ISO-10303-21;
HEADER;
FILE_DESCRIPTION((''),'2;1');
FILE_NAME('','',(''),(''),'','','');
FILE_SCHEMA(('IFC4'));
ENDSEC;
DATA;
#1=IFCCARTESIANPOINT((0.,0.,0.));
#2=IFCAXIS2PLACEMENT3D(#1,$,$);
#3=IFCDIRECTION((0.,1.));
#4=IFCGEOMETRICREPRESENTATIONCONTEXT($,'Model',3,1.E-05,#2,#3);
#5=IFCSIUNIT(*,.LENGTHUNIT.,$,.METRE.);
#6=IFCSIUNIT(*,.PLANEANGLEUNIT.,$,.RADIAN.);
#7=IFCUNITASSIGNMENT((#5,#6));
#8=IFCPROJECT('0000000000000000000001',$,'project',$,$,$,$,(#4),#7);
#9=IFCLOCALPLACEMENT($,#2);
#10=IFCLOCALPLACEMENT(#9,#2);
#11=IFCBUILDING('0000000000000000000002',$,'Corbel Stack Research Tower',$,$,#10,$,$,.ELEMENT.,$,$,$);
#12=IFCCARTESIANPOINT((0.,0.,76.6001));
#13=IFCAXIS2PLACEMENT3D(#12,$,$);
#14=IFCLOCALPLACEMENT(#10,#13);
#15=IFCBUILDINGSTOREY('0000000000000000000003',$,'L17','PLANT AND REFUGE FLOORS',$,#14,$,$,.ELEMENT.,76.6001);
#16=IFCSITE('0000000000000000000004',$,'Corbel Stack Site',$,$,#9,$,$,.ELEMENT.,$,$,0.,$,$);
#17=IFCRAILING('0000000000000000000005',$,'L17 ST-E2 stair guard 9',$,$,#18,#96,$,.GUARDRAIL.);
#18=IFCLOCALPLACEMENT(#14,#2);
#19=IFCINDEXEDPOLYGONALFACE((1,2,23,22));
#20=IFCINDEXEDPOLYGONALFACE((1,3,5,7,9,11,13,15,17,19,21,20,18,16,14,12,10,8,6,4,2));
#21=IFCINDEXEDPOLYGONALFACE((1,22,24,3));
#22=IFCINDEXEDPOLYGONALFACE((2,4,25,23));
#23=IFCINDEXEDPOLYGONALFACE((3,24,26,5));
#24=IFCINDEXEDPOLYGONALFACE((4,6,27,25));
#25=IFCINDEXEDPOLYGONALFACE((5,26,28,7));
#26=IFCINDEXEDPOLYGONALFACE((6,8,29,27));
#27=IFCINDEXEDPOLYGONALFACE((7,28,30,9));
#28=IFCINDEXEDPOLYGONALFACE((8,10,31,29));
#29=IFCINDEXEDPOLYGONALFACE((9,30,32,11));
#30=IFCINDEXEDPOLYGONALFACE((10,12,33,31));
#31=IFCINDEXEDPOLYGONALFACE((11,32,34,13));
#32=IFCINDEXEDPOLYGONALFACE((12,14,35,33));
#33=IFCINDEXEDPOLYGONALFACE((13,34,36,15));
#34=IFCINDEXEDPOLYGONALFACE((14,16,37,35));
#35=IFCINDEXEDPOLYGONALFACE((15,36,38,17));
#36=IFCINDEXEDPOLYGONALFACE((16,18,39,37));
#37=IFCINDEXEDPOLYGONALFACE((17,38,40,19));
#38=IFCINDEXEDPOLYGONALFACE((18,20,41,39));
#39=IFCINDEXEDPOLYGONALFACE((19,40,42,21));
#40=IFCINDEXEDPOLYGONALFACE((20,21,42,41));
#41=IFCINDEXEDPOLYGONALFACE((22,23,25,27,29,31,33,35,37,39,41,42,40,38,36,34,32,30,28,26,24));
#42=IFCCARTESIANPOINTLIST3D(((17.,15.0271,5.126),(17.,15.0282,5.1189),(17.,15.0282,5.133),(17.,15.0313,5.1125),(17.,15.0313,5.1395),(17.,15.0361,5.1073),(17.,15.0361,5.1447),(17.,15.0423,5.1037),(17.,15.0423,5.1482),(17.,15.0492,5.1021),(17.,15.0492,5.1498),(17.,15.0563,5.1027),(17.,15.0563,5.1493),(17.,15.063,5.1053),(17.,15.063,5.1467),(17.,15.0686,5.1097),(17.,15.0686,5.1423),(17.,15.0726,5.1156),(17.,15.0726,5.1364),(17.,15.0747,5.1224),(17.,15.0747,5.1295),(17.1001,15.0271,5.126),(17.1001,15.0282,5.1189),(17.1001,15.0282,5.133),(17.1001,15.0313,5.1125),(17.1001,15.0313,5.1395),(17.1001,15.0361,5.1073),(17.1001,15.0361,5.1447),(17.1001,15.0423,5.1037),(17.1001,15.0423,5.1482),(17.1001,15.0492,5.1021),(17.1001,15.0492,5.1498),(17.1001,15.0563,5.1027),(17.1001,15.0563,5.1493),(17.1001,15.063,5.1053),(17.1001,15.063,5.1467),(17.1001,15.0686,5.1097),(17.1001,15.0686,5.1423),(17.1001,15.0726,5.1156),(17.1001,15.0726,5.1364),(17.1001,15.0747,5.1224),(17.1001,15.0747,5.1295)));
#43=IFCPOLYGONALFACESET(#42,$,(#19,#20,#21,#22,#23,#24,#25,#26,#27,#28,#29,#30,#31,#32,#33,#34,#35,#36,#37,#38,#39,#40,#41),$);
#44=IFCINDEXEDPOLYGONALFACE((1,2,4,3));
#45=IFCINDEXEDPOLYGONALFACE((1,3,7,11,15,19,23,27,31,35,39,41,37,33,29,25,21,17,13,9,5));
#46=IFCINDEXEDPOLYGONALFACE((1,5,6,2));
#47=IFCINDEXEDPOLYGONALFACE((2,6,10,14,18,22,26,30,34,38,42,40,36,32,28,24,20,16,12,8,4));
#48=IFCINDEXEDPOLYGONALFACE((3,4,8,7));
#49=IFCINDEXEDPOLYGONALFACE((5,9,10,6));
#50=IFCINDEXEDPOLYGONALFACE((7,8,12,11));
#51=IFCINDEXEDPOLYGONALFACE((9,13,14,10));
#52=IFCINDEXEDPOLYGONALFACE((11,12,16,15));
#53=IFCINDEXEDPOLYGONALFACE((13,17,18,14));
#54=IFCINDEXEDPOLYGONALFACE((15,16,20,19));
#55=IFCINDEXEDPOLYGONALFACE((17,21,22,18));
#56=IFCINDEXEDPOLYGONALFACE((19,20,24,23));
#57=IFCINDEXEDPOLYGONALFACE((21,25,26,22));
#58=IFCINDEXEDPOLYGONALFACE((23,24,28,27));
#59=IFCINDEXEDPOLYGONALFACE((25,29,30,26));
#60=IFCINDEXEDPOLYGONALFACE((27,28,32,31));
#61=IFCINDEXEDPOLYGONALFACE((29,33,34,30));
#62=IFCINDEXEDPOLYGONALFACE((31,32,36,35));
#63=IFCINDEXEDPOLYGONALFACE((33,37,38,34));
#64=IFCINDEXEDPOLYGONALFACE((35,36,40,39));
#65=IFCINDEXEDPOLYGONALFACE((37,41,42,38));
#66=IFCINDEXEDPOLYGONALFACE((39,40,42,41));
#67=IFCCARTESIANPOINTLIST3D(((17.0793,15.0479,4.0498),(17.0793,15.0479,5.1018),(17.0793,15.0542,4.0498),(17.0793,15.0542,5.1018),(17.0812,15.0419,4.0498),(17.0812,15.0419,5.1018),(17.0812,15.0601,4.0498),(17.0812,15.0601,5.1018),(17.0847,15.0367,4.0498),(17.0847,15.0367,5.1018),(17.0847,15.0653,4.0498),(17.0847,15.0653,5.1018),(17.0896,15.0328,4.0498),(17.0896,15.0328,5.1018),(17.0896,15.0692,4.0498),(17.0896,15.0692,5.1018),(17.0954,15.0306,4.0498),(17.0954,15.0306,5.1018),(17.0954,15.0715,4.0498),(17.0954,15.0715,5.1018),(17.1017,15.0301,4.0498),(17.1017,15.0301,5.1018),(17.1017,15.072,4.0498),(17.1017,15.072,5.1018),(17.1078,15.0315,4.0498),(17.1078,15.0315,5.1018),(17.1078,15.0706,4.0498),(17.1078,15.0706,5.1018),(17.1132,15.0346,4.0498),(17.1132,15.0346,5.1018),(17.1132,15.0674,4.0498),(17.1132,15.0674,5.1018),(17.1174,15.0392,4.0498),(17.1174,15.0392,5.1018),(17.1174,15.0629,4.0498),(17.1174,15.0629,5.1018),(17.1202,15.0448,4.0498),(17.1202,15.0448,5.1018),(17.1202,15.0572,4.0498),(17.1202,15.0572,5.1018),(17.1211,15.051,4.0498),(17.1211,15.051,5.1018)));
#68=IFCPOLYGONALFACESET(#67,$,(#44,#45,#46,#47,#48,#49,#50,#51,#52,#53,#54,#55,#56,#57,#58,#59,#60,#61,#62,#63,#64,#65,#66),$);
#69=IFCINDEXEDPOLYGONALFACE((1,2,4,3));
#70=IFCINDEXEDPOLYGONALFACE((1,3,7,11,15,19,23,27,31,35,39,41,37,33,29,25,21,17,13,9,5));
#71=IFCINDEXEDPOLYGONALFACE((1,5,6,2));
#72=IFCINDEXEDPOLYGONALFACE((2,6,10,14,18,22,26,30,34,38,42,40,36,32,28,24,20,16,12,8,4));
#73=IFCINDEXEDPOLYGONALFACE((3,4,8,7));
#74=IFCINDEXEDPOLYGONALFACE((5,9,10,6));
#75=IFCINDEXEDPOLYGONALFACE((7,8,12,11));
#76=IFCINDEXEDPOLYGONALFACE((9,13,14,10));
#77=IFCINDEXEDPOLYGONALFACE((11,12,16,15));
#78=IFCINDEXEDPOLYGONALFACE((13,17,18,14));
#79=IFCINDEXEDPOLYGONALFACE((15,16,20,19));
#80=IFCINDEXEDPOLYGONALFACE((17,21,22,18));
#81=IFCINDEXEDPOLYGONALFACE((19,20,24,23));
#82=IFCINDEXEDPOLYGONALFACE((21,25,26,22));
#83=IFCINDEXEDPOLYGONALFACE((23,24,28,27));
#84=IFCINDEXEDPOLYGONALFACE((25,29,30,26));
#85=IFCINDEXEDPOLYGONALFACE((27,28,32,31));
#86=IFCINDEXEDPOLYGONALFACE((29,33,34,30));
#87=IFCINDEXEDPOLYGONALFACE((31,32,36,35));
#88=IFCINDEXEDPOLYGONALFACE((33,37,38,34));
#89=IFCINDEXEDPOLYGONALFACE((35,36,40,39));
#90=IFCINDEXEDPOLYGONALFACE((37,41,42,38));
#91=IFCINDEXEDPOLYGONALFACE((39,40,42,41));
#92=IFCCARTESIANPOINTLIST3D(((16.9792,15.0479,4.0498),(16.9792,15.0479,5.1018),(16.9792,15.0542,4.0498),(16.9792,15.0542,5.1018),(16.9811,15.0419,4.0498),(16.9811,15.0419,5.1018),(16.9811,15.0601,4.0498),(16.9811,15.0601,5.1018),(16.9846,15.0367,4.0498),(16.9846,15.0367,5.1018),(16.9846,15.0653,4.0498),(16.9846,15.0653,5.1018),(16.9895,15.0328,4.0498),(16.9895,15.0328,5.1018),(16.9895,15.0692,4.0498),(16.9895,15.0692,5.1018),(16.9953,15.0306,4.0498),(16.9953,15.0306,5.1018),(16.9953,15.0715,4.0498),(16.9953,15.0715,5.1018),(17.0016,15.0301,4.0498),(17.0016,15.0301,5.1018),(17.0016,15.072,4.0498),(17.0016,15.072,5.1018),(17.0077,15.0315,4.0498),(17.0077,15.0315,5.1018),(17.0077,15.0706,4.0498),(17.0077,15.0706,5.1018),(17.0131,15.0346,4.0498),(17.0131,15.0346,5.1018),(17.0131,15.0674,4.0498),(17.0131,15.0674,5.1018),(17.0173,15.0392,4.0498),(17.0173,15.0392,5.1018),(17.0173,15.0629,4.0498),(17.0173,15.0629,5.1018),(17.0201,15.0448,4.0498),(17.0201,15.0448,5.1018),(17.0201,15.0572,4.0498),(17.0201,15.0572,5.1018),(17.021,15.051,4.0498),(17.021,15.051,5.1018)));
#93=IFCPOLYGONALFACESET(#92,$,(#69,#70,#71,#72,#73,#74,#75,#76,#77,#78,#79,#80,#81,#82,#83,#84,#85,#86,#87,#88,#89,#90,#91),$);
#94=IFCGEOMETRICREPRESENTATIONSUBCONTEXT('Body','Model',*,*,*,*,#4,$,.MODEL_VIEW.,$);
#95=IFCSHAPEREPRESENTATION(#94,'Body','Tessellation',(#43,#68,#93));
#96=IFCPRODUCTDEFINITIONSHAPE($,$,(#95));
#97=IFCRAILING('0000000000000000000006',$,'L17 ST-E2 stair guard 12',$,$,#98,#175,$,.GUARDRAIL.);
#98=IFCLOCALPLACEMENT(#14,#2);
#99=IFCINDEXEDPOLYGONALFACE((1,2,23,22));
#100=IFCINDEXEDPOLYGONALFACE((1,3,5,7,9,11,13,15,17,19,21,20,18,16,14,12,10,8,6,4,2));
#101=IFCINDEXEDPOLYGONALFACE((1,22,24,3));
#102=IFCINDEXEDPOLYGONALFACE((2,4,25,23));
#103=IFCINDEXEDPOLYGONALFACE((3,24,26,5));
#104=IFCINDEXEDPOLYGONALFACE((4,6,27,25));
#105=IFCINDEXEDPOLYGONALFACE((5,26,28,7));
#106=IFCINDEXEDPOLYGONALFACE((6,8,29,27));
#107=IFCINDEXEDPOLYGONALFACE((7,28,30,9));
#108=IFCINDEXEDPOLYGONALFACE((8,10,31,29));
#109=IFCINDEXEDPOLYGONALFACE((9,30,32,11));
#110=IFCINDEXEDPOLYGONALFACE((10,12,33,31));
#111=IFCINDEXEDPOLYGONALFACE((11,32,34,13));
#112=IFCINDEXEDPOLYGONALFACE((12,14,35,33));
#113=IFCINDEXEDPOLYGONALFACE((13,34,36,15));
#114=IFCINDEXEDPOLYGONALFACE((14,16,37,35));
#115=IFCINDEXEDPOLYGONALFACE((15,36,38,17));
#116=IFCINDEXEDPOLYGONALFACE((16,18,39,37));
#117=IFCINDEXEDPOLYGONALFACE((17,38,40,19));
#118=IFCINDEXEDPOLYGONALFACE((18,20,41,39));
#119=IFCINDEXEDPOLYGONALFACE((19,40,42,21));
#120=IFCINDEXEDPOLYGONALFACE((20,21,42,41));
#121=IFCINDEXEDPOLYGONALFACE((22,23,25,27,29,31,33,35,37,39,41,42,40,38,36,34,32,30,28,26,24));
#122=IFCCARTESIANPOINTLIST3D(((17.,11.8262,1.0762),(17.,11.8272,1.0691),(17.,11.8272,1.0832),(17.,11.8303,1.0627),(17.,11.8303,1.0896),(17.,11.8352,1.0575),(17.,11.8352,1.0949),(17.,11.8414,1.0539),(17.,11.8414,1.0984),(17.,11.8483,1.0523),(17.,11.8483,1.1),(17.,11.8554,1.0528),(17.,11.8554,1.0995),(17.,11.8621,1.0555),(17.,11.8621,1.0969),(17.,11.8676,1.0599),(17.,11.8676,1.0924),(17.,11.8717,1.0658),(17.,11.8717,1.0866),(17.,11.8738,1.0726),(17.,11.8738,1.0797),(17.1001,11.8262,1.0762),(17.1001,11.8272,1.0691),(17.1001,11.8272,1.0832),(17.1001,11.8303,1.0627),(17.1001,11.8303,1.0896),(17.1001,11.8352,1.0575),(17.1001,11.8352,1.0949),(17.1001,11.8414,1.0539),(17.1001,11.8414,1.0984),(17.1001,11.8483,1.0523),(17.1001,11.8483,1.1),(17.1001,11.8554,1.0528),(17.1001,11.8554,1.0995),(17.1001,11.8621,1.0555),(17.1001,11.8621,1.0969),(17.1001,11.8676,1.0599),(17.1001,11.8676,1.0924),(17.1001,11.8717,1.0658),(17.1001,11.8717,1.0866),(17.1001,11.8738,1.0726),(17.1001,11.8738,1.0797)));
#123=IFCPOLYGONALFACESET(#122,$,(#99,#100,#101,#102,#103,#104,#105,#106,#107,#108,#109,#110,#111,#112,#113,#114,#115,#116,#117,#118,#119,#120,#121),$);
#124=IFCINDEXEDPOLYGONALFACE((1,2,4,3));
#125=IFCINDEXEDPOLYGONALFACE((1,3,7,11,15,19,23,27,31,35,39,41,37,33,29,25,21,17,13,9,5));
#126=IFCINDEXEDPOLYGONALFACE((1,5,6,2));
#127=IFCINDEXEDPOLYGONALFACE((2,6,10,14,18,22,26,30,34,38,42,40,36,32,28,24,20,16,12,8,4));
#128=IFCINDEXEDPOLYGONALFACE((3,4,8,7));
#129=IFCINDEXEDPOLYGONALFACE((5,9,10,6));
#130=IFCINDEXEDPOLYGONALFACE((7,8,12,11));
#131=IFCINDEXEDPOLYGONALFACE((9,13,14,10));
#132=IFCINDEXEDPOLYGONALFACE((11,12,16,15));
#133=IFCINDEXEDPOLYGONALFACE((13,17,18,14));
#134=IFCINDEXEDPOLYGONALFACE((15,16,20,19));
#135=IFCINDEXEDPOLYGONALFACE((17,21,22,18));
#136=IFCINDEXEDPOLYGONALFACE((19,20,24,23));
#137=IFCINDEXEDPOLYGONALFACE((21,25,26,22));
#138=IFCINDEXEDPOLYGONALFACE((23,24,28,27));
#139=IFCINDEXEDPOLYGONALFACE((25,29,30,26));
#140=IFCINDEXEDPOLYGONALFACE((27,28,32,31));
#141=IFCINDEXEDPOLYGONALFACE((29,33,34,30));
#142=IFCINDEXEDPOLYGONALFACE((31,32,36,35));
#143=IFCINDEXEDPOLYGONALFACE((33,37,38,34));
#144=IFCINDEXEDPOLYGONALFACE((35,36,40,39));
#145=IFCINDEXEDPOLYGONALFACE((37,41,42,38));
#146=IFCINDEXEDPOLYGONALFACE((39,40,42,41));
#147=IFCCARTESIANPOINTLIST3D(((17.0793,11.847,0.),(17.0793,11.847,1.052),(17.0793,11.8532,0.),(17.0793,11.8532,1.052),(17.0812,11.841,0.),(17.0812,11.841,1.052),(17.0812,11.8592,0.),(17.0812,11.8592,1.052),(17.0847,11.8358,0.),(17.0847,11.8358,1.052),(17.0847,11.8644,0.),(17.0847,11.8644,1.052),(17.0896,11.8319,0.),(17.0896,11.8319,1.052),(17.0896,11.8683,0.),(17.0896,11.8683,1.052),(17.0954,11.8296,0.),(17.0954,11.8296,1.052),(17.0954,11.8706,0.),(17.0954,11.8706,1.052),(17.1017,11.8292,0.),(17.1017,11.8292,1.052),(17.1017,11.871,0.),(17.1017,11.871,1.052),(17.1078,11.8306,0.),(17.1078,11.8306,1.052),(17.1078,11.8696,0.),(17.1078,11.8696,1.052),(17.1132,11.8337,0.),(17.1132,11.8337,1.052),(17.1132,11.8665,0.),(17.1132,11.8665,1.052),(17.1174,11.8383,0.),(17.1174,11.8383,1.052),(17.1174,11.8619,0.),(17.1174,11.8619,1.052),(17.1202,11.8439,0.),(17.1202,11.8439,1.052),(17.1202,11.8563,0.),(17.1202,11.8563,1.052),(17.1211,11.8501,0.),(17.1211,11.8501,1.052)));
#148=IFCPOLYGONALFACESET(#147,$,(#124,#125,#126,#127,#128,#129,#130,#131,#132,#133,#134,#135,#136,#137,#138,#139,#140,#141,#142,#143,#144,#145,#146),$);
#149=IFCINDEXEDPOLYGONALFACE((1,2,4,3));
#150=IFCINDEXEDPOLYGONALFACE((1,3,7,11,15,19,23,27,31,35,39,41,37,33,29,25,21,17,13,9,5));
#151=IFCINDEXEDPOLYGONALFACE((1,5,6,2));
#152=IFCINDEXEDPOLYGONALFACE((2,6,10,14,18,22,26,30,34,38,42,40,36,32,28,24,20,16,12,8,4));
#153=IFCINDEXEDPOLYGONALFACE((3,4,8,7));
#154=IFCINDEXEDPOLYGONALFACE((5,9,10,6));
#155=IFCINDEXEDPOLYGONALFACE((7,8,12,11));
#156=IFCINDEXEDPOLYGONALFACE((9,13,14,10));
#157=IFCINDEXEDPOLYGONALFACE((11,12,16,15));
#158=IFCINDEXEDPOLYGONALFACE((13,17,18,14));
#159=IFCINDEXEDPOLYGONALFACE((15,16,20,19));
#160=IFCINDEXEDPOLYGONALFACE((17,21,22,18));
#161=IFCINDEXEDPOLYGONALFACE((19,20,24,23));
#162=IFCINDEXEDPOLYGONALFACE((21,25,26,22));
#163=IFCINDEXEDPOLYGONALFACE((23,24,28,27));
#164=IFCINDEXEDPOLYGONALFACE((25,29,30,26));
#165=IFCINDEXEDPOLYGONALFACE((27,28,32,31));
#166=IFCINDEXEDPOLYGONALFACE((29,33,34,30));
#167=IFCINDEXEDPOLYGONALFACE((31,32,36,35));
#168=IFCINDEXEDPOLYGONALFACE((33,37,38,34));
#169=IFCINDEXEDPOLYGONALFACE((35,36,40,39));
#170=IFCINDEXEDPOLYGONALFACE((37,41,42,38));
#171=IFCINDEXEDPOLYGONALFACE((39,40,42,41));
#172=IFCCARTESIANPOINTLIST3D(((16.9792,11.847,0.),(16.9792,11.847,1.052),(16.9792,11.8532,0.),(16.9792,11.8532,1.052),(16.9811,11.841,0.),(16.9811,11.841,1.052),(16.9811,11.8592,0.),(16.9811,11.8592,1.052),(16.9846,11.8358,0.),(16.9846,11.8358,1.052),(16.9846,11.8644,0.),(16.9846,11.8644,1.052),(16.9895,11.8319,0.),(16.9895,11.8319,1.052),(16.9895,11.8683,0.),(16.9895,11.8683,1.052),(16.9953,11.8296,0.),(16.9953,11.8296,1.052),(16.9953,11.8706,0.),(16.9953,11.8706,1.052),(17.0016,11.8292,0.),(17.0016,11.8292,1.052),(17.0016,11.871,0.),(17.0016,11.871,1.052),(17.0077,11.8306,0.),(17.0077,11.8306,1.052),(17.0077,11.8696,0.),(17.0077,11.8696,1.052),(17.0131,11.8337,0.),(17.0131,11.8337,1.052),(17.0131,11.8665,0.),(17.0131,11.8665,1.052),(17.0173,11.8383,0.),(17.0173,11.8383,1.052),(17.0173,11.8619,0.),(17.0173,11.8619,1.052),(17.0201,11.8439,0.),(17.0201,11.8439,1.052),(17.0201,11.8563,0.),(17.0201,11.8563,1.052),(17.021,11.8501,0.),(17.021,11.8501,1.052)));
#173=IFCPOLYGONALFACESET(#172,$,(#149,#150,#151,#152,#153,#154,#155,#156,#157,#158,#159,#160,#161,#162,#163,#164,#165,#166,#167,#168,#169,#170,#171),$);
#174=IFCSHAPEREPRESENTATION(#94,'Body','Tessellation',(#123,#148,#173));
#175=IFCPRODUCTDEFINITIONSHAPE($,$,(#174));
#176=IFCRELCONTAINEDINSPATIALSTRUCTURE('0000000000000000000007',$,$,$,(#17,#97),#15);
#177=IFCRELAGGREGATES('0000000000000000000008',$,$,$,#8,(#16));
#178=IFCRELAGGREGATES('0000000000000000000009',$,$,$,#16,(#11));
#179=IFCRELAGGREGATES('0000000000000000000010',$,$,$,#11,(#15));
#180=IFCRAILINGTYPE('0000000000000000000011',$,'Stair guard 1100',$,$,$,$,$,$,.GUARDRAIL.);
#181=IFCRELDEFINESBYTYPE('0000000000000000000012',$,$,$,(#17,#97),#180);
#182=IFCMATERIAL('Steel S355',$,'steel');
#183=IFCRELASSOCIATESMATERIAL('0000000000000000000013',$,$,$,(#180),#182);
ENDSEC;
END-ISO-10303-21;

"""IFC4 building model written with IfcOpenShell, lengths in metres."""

from ifc_helpers import new_model, si_unit, direction, frame, origin, origin_2d, place, context, subcontext, project, spatial, circle, extrude, material, type_object, element, save


model = new_model("IFC4")

# Units and contexts
model_context = context("Model", 3, precision=1e-05, world=origin(), true_north=direction((0.0, 1.0)))
body_context = subcontext(model_context, "Body", "Model", "MODEL_VIEW")
ifc_project = project(units=[si_unit("LENGTHUNIT", "METRE"), si_unit("PLANEANGLEUNIT", "RADIAN")], contexts=[model_context])

# Site, building, storey
site_placement = place(None, origin())
site = spatial("IfcSite", under=ifc_project, at=site_placement, Name="Corbel Stack Site", CompositionType="ELEMENT", RefElevation=0.0)
building_placement = place(site_placement, origin())
building = spatial("IfcBuilding", under=site, at=building_placement, Name="Corbel Stack Research Tower", CompositionType="ELEMENT")
storey_placement = place(building_placement, frame((0.0, 0.0, 76.6001)))
storey = spatial("IfcBuildingStorey", under=building, at=storey_placement, Name="L17", Description="PLANT AND REFUGE FLOORS", CompositionType="ELEMENT", Elevation=76.6001)

# Railings
ifc_material_1 = material(Name="Steel S355", Category="steel")
railing_type_1 = type_object("IfcRailingType", Name="Stair guard 1100", PredefinedType="GUARDRAIL", material=ifc_material_1)
for number, where, name in (
    (1, (17.1001, 15.051, 4.0498), "L17 ST-E2 stair guard 9"),
    (2, (17.1001, 11.8501, 0.0), "L17 ST-E2 stair guard 12"),
):
    element("IfcRailing", number, at=place(storey_placement, frame(where)), inside=storey, type_object=railing_type_1, Name=name, PredefinedType="GUARDRAIL", context=body_context, shape_type="SweptSolid", body=[
        extrude(circle(Radius=0.0239, at=origin_2d()), frame((0.0, 0.0, 1.0762), z_axis=(-1.0, 0.0, 0.0), x_axis=(0.0, -1.0, 0.0)), (0.0, 0.0, 1.0), 0.1001),
        extrude(circle(Radius=0.021, at=origin_2d()), origin(), (0.0, 0.0, 1.0), 1.052),
        extrude(circle(Radius=0.021, at=origin_2d()), frame((-0.1001, 0.0, 0.0)), (0.0, 0.0, 1.0), 1.052),
    ])

save(model, "model.ifc")
